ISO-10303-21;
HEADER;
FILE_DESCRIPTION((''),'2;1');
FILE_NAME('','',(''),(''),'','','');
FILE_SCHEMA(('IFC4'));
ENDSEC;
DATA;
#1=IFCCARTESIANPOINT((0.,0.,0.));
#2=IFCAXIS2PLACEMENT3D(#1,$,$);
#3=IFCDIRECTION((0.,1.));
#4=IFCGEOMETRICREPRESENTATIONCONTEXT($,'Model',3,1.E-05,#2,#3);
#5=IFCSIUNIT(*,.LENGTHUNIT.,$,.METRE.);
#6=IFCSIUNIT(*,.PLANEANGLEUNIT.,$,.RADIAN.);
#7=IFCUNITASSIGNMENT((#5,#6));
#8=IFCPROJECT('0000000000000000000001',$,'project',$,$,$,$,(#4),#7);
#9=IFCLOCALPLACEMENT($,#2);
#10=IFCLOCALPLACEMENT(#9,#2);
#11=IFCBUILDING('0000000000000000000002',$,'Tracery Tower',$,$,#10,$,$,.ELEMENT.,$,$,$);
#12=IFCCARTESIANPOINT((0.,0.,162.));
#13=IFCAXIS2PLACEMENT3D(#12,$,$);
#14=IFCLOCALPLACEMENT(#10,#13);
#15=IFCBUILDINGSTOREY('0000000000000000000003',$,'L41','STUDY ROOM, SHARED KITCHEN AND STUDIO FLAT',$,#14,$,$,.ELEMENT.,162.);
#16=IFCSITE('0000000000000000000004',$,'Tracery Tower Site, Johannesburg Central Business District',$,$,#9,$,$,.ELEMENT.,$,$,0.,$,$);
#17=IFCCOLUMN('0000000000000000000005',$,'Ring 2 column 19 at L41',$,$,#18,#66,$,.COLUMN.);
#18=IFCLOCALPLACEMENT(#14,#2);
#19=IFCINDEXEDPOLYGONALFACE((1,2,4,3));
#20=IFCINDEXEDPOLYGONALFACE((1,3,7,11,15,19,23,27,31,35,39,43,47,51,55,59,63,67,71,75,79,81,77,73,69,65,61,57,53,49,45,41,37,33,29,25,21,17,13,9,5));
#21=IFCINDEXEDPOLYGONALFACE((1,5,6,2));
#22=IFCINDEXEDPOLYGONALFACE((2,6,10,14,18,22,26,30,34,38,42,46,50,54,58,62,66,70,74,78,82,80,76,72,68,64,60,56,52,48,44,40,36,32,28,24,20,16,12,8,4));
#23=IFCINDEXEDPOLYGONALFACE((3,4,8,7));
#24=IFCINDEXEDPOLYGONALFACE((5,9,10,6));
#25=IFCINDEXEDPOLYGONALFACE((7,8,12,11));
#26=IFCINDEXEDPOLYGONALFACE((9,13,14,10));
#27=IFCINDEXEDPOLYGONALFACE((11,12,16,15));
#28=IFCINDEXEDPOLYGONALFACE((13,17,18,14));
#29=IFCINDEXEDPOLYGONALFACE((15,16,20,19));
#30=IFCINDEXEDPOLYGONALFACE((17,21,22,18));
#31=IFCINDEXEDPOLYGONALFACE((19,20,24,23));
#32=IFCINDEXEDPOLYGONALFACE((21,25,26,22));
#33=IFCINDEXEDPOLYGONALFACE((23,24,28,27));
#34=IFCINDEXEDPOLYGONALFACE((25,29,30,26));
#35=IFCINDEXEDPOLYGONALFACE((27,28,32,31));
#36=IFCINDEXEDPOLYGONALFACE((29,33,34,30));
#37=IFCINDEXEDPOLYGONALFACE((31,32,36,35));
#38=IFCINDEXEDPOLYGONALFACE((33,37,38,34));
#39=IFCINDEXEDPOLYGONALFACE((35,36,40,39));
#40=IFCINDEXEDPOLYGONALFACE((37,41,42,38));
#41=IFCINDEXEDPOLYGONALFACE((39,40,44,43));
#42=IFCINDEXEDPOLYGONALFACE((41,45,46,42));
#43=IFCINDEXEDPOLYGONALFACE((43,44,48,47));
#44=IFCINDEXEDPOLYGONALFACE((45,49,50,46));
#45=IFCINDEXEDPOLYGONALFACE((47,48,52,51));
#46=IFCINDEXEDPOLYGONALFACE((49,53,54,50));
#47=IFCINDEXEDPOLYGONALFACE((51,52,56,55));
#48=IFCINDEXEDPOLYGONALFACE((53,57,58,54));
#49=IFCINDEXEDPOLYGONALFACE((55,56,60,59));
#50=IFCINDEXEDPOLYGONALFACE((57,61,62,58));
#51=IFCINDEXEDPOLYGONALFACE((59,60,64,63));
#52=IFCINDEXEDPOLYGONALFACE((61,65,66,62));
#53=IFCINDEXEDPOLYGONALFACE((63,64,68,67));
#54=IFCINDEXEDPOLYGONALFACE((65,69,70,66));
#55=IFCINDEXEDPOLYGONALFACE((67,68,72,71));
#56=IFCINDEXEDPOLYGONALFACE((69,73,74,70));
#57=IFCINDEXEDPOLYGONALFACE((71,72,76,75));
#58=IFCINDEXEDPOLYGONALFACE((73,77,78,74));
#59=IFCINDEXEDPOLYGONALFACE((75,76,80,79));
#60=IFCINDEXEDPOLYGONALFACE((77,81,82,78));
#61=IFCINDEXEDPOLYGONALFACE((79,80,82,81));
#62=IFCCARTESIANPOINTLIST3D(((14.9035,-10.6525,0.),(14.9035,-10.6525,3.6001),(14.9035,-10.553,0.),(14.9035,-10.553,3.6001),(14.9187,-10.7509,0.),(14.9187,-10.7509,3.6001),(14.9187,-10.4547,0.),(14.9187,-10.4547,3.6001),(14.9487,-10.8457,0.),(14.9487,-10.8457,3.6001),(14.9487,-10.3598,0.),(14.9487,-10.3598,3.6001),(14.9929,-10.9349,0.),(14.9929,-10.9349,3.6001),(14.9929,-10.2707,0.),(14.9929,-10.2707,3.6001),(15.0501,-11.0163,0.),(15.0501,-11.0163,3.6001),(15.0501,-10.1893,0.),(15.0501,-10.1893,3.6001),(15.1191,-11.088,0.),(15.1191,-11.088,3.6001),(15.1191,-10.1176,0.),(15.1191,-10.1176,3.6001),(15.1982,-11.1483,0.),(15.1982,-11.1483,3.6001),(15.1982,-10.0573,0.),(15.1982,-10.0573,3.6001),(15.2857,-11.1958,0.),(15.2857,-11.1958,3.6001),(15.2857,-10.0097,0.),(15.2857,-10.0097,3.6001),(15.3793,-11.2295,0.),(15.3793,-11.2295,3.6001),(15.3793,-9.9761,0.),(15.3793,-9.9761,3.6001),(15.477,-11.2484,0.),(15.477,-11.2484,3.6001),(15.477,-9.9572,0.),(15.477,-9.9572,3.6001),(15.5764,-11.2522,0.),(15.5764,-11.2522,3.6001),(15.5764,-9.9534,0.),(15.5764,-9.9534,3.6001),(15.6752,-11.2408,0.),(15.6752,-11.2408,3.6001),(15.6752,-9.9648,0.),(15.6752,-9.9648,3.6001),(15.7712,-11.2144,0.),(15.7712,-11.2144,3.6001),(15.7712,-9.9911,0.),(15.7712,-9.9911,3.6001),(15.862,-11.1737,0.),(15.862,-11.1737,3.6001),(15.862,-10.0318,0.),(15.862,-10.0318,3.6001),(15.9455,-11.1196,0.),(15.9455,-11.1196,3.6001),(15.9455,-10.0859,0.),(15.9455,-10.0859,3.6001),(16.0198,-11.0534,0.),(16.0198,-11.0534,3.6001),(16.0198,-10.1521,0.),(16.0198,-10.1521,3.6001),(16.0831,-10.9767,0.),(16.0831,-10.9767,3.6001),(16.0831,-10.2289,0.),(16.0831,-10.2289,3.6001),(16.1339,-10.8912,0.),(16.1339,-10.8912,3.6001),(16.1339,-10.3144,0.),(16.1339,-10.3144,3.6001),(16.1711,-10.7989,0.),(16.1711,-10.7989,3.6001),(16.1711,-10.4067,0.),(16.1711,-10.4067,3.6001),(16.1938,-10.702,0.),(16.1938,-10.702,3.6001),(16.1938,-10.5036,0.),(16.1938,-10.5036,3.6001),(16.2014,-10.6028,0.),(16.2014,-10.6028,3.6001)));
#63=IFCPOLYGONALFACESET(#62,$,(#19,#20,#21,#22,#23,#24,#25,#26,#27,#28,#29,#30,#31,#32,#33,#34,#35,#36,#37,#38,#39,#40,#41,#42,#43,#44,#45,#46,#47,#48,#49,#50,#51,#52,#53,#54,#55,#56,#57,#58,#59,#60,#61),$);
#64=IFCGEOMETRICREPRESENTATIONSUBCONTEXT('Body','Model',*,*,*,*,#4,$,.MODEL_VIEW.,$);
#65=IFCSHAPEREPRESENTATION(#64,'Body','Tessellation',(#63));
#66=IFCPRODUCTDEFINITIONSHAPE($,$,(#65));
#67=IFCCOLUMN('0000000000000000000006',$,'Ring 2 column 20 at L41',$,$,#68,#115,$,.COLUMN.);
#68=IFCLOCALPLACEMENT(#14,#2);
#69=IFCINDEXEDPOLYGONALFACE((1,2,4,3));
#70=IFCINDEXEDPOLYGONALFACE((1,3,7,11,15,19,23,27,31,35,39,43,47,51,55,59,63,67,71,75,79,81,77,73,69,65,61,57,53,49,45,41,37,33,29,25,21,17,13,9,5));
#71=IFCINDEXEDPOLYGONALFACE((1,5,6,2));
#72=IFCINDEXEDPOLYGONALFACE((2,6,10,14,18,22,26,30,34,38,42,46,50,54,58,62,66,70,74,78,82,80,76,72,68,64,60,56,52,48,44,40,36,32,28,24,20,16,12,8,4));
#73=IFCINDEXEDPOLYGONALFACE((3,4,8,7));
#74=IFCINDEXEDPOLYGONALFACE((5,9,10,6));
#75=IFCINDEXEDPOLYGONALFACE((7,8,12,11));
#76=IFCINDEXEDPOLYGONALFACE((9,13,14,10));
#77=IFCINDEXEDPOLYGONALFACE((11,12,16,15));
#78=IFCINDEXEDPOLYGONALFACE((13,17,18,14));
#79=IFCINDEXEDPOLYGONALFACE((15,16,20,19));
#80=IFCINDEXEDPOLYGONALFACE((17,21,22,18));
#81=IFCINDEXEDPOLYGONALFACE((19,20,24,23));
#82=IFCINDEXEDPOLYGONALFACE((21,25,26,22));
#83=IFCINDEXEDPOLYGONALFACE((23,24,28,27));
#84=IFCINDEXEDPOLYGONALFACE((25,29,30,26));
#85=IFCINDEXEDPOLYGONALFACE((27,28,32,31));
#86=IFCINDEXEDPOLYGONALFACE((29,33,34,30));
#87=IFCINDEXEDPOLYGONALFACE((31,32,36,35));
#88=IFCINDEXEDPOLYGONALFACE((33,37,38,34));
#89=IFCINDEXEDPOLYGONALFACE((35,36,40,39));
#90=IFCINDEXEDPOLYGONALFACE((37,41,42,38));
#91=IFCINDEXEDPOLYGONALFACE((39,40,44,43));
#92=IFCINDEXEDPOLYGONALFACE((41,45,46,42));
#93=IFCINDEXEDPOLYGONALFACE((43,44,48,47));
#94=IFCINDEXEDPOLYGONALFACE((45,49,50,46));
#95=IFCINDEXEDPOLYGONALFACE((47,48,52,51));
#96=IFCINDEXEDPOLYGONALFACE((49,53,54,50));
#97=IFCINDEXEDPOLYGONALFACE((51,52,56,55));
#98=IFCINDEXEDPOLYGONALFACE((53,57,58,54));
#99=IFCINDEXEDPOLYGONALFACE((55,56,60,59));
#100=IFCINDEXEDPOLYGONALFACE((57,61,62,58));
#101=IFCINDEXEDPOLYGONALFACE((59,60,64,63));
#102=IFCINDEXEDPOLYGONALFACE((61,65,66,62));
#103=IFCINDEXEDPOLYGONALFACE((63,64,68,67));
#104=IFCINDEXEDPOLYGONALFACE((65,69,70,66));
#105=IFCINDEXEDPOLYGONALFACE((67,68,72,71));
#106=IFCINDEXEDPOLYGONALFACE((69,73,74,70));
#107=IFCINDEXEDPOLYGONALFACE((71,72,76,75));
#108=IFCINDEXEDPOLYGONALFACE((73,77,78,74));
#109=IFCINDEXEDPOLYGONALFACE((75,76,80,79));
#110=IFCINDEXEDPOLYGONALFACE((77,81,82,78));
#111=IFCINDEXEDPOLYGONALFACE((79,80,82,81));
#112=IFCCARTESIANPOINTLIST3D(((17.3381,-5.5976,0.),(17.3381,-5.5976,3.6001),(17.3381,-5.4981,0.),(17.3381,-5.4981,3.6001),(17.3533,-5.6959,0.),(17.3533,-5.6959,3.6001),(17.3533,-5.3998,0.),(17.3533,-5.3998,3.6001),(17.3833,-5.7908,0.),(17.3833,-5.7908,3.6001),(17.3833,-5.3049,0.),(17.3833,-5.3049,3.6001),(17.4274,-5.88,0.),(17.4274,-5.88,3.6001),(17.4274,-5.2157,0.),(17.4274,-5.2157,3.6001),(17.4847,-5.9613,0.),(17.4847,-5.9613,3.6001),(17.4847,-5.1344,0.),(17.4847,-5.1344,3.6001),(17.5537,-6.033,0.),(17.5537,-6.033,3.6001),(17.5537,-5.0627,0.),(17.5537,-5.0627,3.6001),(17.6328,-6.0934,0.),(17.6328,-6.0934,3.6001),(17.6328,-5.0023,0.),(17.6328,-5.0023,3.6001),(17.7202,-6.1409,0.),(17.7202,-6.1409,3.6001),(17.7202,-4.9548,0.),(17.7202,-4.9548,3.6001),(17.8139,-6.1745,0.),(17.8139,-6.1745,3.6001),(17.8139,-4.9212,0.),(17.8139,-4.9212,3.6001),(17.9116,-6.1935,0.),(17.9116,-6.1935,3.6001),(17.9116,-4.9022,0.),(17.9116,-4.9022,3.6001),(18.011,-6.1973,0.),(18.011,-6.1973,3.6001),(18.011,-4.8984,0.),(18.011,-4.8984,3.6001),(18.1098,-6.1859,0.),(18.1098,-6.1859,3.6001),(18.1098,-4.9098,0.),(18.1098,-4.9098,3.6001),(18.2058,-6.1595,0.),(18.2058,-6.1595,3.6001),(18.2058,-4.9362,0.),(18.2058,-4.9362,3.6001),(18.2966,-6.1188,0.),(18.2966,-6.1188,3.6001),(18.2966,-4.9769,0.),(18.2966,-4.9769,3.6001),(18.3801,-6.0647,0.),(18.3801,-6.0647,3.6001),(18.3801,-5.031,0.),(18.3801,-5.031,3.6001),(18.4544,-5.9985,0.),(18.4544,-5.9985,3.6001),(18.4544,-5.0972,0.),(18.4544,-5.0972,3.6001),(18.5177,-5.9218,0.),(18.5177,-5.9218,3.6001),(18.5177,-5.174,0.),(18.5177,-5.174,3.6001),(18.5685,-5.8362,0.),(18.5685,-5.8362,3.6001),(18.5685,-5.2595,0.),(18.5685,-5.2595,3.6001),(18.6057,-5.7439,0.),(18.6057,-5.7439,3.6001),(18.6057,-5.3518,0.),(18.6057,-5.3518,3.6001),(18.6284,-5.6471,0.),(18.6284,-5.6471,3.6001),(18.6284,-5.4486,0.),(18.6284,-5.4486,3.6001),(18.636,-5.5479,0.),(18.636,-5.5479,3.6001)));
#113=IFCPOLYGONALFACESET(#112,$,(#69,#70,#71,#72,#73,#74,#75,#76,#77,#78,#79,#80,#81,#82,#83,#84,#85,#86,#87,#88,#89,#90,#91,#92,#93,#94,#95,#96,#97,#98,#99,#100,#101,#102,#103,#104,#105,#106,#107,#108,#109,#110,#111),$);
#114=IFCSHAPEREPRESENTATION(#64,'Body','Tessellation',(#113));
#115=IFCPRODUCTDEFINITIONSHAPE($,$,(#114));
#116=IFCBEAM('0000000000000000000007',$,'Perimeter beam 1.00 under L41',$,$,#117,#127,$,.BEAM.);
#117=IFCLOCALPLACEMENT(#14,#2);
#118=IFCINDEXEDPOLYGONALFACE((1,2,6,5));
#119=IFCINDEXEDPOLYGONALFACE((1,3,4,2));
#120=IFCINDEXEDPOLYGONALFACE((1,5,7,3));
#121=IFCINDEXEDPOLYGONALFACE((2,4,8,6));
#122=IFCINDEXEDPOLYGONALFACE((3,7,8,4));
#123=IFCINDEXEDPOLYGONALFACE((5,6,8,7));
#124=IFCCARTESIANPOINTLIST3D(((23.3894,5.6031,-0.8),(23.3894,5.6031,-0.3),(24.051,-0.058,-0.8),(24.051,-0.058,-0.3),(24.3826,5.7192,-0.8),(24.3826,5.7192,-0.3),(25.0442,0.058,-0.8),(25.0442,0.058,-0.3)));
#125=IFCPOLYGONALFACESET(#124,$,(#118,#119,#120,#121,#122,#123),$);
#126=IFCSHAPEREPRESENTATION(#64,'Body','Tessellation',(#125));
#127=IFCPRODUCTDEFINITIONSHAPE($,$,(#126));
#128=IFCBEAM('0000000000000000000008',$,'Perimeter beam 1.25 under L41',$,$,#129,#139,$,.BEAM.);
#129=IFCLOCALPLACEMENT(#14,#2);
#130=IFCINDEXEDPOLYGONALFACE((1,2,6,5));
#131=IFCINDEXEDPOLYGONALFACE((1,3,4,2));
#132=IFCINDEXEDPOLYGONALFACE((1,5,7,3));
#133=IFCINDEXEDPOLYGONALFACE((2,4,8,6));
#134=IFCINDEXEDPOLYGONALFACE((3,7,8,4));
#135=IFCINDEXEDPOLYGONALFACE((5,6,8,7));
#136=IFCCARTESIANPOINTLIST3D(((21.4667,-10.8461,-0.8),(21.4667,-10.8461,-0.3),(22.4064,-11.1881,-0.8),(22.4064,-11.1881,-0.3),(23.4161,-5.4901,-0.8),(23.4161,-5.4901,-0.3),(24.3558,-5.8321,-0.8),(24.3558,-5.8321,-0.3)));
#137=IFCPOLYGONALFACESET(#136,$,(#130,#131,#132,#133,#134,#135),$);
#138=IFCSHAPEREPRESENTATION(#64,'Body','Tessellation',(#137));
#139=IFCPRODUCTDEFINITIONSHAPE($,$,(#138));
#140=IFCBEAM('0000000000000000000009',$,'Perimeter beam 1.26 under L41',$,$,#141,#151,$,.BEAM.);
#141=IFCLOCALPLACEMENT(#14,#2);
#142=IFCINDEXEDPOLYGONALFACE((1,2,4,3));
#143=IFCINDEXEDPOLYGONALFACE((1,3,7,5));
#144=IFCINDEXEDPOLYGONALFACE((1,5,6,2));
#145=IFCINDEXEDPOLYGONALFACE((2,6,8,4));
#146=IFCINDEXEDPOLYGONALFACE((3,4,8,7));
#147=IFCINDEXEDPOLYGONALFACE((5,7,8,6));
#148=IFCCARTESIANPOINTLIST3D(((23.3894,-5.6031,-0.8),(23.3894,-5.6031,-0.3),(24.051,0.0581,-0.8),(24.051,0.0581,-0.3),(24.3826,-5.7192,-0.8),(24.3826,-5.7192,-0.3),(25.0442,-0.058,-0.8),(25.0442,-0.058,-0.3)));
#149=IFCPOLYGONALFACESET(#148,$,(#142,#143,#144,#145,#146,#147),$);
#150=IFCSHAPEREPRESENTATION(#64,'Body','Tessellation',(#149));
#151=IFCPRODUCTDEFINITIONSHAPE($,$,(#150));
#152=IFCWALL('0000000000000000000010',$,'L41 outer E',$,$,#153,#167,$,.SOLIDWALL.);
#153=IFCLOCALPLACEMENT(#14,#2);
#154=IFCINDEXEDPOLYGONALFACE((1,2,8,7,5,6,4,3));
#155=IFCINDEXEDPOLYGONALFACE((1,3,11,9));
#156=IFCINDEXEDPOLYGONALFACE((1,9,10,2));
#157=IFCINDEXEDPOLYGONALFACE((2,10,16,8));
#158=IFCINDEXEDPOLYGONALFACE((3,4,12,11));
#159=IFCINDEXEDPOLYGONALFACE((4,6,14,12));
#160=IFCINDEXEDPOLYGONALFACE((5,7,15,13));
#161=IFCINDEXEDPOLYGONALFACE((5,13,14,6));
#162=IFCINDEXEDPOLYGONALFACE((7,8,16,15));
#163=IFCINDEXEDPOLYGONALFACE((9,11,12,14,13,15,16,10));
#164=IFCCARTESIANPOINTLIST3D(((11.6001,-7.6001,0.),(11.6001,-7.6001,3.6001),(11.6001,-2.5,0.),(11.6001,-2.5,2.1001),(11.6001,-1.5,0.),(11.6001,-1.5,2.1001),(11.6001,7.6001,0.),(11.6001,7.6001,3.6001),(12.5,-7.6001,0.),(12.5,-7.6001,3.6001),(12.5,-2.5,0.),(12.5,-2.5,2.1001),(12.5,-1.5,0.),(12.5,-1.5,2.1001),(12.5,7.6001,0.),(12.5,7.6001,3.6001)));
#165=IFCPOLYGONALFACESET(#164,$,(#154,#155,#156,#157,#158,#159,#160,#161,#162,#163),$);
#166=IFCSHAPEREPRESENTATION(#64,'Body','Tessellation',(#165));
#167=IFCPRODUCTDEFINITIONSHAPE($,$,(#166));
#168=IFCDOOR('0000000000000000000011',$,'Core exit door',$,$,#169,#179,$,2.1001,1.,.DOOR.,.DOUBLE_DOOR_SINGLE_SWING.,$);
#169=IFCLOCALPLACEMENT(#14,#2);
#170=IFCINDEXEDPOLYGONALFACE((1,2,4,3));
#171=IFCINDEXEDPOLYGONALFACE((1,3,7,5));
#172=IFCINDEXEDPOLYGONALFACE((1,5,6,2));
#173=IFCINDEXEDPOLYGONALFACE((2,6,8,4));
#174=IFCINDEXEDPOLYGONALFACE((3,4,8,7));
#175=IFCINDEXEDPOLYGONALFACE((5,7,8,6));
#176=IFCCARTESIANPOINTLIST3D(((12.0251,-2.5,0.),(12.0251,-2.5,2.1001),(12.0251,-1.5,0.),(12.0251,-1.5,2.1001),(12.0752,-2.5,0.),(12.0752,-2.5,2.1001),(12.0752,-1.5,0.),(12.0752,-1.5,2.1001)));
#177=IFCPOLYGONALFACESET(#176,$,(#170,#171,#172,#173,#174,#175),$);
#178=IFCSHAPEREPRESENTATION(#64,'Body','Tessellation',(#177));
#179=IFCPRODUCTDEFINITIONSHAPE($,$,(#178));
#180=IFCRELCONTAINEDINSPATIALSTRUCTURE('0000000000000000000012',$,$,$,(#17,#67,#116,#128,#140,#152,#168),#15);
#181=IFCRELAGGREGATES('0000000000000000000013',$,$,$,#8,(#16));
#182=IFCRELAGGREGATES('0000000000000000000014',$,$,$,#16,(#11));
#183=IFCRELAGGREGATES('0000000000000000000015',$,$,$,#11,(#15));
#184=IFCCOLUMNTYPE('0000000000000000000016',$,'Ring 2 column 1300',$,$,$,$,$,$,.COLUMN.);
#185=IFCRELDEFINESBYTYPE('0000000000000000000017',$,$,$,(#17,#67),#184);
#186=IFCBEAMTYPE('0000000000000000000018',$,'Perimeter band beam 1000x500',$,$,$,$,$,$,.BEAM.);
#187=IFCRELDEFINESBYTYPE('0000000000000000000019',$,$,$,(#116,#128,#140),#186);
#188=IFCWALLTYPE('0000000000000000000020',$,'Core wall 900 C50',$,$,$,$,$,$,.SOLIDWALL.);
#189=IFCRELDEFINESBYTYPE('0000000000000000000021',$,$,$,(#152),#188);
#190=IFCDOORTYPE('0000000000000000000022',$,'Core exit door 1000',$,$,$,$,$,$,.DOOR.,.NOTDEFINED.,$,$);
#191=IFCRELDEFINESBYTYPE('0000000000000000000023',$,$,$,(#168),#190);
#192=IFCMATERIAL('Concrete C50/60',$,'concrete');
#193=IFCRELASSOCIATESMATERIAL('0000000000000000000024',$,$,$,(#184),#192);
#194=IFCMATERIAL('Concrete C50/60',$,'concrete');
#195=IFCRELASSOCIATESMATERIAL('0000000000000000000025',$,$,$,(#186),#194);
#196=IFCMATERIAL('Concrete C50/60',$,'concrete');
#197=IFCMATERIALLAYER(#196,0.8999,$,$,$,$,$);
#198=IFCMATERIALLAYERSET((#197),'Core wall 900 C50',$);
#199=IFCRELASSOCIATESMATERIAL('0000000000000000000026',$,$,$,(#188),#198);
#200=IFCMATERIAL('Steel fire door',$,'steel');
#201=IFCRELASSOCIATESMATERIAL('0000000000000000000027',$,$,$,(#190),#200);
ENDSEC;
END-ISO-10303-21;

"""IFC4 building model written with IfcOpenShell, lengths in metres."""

from ifc_helpers import new_model, si_unit, direction, frame, frame_2d, origin, origin_2d, place, context, subcontext, project, spatial, rectangle, circle, extrude, material, layer, layer_set, material_profile, profile_set, type_object, element, fill, save


model = new_model("IFC4")

# Units and contexts
model_context = context("Model", 3, precision=1e-05, world=origin(), true_north=direction((0.0, 1.0)))
body_context = subcontext(model_context, "Body", "Model", "MODEL_VIEW")
ifc_project = project(units=[si_unit("LENGTHUNIT", "METRE"), si_unit("PLANEANGLEUNIT", "RADIAN")], contexts=[model_context])

# Site, building, storey
site_placement = place(None, origin())
site = spatial("IfcSite", under=ifc_project, at=site_placement, Name="Tracery Tower Site, Johannesburg Central Business District", CompositionType="ELEMENT", RefElevation=0.0)
building_placement = place(site_placement, origin())
building = spatial("IfcBuilding", under=site, at=building_placement, Name="Tracery Tower", CompositionType="ELEMENT")
storey_placement = place(building_placement, frame((0.0, 0.0, 162.0)))
storey = spatial("IfcBuildingStorey", under=building, at=storey_placement, Name="L41", Description="STUDY ROOM, SHARED KITCHEN AND STUDIO FLAT", CompositionType="ELEMENT", Elevation=162.0)

# Columns
ifc_material_1 = material(Name="Concrete C50/60", Category="concrete")
ifc_material_profile_1 = material_profile(ifc_material_1, circle(Radius=0.6499, at=origin_2d()), Name="RC D1300")
ifc_profile_set_1 = profile_set([ifc_material_profile_1], Name="Concrete C50/60")
column_type_1 = type_object("IfcColumnType", Name="Ring 2 column 1300", PredefinedType="COLUMN", material=ifc_profile_set_1)
for number, where, z_axis, x_axis, name in (
    (1, (15.5515, -10.6028, 0.0), (0.0, 0.0, 1.0), (1.0, 0.0, 0.0), "Ring 2 column 19 at L41"),
    (2, (17.9861, -5.5479, 0.0), (0.0, 0.0, 1.0), (1.0, 0.0, 0.0), "Ring 2 column 20 at L41"),
):
    element("IfcColumn", number, at=place(storey_placement, frame(where, z_axis=z_axis, x_axis=x_axis)), inside=storey, type_object=column_type_1, Name=name, PredefinedType="COLUMN", context=body_context, shape_type="SweptSolid", body=[
        extrude(circle(Radius=0.6499, at=origin_2d()), origin(), (0.0, 0.0, 1.0), 3.6001),
    ])

# Beams
ifc_material_2 = material(Name="Concrete C50/60", Category="concrete")
ifc_material_profile_2 = material_profile(ifc_material_2, rectangle(XDim=1.0, YDim=0.5, at=origin_2d()), Name="RC 1000x500")
ifc_profile_set_2 = profile_set([ifc_material_profile_2], Name="Concrete C50/60")
beam_type = type_object("IfcBeamType", Name="Perimeter band beam 1000x500", PredefinedType="BEAM", material=ifc_profile_set_2)
for number, where, z_axis, x_axis, name in (
    (3, (24.5476, 0.0, -0.55), (-0.116081, 0.99324, 0.0), (-0.99324, -0.116081, 0.0), "Perimeter beam 1.00 under L41"),
    (4, (21.9365, -11.0171, -0.55), (0.342029, 0.93969, 0.0), (-0.93969, 0.342029, 0.0), "Perimeter beam 1.25 under L41"),
    (5, (23.886, -5.6611, -0.55), (0.116081, 0.99324, 0.0), (-0.99324, 0.116081, 0.0), "Perimeter beam 1.26 under L41"),
):
    element("IfcBeam", number, at=place(storey_placement, frame(where, z_axis=z_axis, x_axis=x_axis)), inside=storey, type_object=beam_type, Name=name, PredefinedType="BEAM", context=body_context, shape_type="SweptSolid", body=[
        extrude(rectangle(XDim=1.0, YDim=0.5, at=origin_2d()), origin(), (0.0, 0.0, 1.0), 5.6997),
    ])

# Wall, opening, door
ifc_material_3 = material(Name="Concrete C50/60", Category="concrete")
ifc_layer_1 = layer(ifc_material_3, 0.8999)
ifc_layer_set_1 = layer_set([ifc_layer_1], Name="Core wall 900 C50")
wall_type_1 = type_object("IfcWallType", Name="Core wall 900 C50", PredefinedType="SOLIDWALL", material=ifc_layer_set_1)
wall_1_placement = place(storey_placement, frame((12.05, -7.6001, 0.0), z_axis=(0.0, 0.0, 1.0), x_axis=(0.0, 1.0, 0.0)))
wall_1 = element("IfcWall", 6, at=wall_1_placement, inside=storey, type_object=wall_type_1, Name="L41 outer E", PredefinedType="SOLIDWALL", context=body_context, shape_type="SweptSolid", body=[
    extrude(rectangle(XDim=15.2002, YDim=0.8999, at=frame_2d((7.6001, 0.0))), origin(), (0.0, 0.0, 1.0), 3.6001),
])
opening_1_placement = place(wall_1_placement, frame((5.1001, 0.0, 0.0)))
opening_1 = element("IfcOpeningElement", 7, at=opening_1_placement, cuts=wall_1, PredefinedType="OPENING", context=body_context, shape_type="SweptSolid", body=[
    extrude(rectangle(XDim=1.0, YDim=2.1001, at=frame_2d((0.5, 1.05))), frame((0.0, 0.45, 0.0), z_axis=(0.0, -1.0, 0.0), x_axis=(1.0, 0.0, 0.0)), (0.0, 0.0, 1.0), 0.8999),
])
ifc_material_4 = material(Name="Steel fire door", Category="steel")
door_type_1 = type_object("IfcDoorType", Name="Core exit door 1000", OperationType="NOTDEFINED", PredefinedType="DOOR", material=ifc_material_4)
door_1_placement = place(opening_1_placement, origin())
door_1 = element("IfcDoor", 8, at=door_1_placement, inside=storey, type_object=door_type_1, Name="Core exit door", OperationType="DOUBLE_DOOR_SINGLE_SWING", OverallHeight=2.1001, OverallWidth=1.0, PredefinedType="DOOR", context=body_context, shape_type="SweptSolid", body=[
    extrude(rectangle(XDim=1.0, YDim=2.1001, at=frame_2d((0.5, 1.05))), frame((0.0, 0.0249, 0.0), z_axis=(0.0, -1.0, 0.0), x_axis=(1.0, 0.0, 0.0)), (0.0, 0.0, 1.0), 0.05),
])
fill(opening_1, door_1)

save(model, "model.ifc")
